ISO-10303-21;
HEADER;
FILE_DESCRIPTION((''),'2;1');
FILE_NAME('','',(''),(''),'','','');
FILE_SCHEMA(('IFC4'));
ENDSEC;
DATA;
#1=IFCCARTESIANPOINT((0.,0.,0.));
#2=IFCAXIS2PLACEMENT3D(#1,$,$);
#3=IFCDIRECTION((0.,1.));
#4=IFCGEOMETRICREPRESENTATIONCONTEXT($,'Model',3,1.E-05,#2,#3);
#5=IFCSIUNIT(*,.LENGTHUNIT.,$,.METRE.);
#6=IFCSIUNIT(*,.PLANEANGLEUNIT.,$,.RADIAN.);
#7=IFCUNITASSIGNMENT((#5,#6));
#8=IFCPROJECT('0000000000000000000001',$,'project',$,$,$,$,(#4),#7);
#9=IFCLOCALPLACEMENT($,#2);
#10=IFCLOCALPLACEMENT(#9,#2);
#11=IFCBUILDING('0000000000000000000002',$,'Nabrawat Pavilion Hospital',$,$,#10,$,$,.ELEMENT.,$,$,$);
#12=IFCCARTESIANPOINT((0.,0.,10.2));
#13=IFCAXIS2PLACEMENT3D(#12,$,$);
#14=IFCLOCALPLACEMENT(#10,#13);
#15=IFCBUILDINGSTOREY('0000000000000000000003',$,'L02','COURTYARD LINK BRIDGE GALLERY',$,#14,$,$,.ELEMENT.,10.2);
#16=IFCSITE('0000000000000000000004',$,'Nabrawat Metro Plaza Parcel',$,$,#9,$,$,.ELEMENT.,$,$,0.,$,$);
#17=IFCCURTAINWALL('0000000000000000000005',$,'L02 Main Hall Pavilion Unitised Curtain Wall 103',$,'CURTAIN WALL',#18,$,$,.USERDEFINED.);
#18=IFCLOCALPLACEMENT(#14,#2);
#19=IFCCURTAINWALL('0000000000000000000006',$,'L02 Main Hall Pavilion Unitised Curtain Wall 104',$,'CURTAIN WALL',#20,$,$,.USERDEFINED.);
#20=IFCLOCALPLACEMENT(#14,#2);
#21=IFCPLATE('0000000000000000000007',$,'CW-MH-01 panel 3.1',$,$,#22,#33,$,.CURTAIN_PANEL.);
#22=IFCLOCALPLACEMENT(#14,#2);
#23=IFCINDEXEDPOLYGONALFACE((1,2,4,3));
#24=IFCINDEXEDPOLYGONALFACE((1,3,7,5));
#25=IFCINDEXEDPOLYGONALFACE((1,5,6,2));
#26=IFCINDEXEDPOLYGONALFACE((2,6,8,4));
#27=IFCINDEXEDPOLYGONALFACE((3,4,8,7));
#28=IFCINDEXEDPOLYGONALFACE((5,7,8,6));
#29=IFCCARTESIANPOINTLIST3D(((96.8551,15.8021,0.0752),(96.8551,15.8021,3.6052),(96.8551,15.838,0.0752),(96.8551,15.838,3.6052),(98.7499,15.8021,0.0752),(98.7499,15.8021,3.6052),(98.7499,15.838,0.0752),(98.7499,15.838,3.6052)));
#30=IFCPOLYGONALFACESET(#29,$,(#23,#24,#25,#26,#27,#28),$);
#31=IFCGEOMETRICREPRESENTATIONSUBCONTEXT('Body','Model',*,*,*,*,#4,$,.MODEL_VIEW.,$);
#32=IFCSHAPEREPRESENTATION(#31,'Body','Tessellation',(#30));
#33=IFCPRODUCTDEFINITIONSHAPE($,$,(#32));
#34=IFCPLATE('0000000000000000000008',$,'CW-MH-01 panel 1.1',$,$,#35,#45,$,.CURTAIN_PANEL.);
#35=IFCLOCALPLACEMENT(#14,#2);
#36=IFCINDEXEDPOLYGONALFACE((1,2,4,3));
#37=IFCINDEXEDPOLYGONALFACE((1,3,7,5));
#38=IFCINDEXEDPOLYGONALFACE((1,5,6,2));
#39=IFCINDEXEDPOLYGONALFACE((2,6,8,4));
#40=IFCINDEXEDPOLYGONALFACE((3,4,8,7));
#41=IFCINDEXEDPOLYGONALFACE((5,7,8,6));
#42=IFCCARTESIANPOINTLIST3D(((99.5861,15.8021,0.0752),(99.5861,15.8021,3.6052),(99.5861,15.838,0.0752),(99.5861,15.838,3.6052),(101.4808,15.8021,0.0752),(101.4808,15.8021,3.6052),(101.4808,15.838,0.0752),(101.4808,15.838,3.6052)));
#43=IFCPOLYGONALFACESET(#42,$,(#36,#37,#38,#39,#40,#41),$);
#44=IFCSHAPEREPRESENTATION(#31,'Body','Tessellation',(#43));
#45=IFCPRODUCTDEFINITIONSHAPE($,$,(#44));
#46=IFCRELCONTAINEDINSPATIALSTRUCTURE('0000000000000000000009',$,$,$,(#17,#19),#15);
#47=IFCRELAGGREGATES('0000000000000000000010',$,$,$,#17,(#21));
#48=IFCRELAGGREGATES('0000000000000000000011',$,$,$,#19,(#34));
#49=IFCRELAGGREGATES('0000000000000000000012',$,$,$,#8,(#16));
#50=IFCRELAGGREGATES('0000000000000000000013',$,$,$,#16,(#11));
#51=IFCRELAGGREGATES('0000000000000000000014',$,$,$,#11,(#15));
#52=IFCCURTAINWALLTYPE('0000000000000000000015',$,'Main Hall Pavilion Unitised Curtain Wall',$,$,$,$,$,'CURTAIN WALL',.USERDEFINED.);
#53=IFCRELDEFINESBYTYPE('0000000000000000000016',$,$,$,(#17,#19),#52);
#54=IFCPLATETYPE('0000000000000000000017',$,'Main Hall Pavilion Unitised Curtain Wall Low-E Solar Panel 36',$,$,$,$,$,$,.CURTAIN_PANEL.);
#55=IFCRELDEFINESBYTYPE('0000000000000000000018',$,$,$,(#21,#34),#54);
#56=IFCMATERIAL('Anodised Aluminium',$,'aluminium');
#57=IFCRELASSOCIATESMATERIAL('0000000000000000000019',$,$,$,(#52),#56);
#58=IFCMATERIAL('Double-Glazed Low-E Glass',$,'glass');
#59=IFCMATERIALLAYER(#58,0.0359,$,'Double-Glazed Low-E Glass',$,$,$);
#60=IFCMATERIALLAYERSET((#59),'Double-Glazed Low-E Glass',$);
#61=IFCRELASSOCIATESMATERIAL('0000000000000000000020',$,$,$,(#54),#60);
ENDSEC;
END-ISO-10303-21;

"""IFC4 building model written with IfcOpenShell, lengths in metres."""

from ifc_helpers import new_model, si_unit, direction, frame, origin, origin_2d, place, context, subcontext, project, spatial, rectangle, extrude, material, layer, layer_set, type_object, element, aggregate, save


model = new_model("IFC4")

# Units and contexts
model_context = context("Model", 3, precision=1e-05, world=origin(), true_north=direction((0.0, 1.0)))
body_context = subcontext(model_context, "Body", "Model", "MODEL_VIEW")
ifc_project = project(units=[si_unit("LENGTHUNIT", "METRE"), si_unit("PLANEANGLEUNIT", "RADIAN")], contexts=[model_context])

# Site, building, storey
site_placement = place(None, origin())
site = spatial("IfcSite", under=ifc_project, at=site_placement, Name="Nabrawat Metro Plaza Parcel", CompositionType="ELEMENT", RefElevation=0.0)
building_placement = place(site_placement, origin())
building = spatial("IfcBuilding", under=site, at=building_placement, Name="Nabrawat Pavilion Hospital", CompositionType="ELEMENT")
storey_placement = place(building_placement, frame((0.0, 0.0, 10.2)))
storey = spatial("IfcBuildingStorey", under=building, at=storey_placement, Name="L02", Description="COURTYARD LINK BRIDGE GALLERY", CompositionType="ELEMENT", Elevation=10.2)

# Curtain wall
ifc_material_1 = material(Name="Anodised Aluminium", Category="aluminium")
curtain_wall_type = type_object("IfcCurtainWallType", Name="Main Hall Pavilion Unitised Curtain Wall", ElementType="CURTAIN WALL", PredefinedType="USERDEFINED", material=ifc_material_1)
curtain_wall_1_placement = place(storey_placement, origin())
curtain_wall_1 = element("IfcCurtainWall", 1, at=curtain_wall_1_placement, inside=storey, type_object=curtain_wall_type, Name="L02 Main Hall Pavilion Unitised Curtain Wall 103", ObjectType="CURTAIN WALL", PredefinedType="USERDEFINED")

# Curtain wall
curtain_wall_2_placement = place(storey_placement, origin())
curtain_wall_2 = element("IfcCurtainWall", 2, at=curtain_wall_2_placement, inside=storey, type_object=curtain_wall_type, Name="L02 Main Hall Pavilion Unitised Curtain Wall 104", ObjectType="CURTAIN WALL", PredefinedType="USERDEFINED")

# Plates
ifc_material_2 = material(Name="Double-Glazed Low-E Glass", Category="glass")
ifc_layer = layer(ifc_material_2, 0.0359, Name="Double-Glazed Low-E Glass")
ifc_layer_set = layer_set([ifc_layer], Name="Double-Glazed Low-E Glass")
plate_type = type_object("IfcPlateType", Name="Main Hall Pavilion Unitised Curtain Wall Low-E Solar Panel 36", PredefinedType="CURTAIN_PANEL", material=ifc_layer_set)
plate_1_placement = place(storey_placement, frame((97.8025, 15.8201, 0.0752), z_axis=(0.0, 0.0, 1.0), x_axis=(1.0, 0.0, 0.0)))
plate_1 = element("IfcPlate", 3, at=plate_1_placement, type_object=plate_type, Name="CW-MH-01 panel 3.1", PredefinedType="CURTAIN_PANEL", context=body_context, shape_type="SweptSolid", body=[
    extrude(rectangle(XDim=1.8948, YDim=0.0359, at=origin_2d()), origin(), (0.0, 0.0, 1.0), 3.53),
])
aggregate(curtain_wall_1, [plate_1])
plate_2_placement = place(storey_placement, frame((100.5334, 15.8201, 0.0752), z_axis=(0.0, 0.0, 1.0), x_axis=(1.0, 0.0, 0.0)))
plate_2 = element("IfcPlate", 4, at=plate_2_placement, type_object=plate_type, Name="CW-MH-01 panel 1.1", PredefinedType="CURTAIN_PANEL", context=body_context, shape_type="SweptSolid", body=[
    extrude(rectangle(XDim=1.8948, YDim=0.0359, at=origin_2d()), origin(), (0.0, 0.0, 1.0), 3.53),
])
aggregate(curtain_wall_2, [plate_2])

save(model, "model.ifc")
